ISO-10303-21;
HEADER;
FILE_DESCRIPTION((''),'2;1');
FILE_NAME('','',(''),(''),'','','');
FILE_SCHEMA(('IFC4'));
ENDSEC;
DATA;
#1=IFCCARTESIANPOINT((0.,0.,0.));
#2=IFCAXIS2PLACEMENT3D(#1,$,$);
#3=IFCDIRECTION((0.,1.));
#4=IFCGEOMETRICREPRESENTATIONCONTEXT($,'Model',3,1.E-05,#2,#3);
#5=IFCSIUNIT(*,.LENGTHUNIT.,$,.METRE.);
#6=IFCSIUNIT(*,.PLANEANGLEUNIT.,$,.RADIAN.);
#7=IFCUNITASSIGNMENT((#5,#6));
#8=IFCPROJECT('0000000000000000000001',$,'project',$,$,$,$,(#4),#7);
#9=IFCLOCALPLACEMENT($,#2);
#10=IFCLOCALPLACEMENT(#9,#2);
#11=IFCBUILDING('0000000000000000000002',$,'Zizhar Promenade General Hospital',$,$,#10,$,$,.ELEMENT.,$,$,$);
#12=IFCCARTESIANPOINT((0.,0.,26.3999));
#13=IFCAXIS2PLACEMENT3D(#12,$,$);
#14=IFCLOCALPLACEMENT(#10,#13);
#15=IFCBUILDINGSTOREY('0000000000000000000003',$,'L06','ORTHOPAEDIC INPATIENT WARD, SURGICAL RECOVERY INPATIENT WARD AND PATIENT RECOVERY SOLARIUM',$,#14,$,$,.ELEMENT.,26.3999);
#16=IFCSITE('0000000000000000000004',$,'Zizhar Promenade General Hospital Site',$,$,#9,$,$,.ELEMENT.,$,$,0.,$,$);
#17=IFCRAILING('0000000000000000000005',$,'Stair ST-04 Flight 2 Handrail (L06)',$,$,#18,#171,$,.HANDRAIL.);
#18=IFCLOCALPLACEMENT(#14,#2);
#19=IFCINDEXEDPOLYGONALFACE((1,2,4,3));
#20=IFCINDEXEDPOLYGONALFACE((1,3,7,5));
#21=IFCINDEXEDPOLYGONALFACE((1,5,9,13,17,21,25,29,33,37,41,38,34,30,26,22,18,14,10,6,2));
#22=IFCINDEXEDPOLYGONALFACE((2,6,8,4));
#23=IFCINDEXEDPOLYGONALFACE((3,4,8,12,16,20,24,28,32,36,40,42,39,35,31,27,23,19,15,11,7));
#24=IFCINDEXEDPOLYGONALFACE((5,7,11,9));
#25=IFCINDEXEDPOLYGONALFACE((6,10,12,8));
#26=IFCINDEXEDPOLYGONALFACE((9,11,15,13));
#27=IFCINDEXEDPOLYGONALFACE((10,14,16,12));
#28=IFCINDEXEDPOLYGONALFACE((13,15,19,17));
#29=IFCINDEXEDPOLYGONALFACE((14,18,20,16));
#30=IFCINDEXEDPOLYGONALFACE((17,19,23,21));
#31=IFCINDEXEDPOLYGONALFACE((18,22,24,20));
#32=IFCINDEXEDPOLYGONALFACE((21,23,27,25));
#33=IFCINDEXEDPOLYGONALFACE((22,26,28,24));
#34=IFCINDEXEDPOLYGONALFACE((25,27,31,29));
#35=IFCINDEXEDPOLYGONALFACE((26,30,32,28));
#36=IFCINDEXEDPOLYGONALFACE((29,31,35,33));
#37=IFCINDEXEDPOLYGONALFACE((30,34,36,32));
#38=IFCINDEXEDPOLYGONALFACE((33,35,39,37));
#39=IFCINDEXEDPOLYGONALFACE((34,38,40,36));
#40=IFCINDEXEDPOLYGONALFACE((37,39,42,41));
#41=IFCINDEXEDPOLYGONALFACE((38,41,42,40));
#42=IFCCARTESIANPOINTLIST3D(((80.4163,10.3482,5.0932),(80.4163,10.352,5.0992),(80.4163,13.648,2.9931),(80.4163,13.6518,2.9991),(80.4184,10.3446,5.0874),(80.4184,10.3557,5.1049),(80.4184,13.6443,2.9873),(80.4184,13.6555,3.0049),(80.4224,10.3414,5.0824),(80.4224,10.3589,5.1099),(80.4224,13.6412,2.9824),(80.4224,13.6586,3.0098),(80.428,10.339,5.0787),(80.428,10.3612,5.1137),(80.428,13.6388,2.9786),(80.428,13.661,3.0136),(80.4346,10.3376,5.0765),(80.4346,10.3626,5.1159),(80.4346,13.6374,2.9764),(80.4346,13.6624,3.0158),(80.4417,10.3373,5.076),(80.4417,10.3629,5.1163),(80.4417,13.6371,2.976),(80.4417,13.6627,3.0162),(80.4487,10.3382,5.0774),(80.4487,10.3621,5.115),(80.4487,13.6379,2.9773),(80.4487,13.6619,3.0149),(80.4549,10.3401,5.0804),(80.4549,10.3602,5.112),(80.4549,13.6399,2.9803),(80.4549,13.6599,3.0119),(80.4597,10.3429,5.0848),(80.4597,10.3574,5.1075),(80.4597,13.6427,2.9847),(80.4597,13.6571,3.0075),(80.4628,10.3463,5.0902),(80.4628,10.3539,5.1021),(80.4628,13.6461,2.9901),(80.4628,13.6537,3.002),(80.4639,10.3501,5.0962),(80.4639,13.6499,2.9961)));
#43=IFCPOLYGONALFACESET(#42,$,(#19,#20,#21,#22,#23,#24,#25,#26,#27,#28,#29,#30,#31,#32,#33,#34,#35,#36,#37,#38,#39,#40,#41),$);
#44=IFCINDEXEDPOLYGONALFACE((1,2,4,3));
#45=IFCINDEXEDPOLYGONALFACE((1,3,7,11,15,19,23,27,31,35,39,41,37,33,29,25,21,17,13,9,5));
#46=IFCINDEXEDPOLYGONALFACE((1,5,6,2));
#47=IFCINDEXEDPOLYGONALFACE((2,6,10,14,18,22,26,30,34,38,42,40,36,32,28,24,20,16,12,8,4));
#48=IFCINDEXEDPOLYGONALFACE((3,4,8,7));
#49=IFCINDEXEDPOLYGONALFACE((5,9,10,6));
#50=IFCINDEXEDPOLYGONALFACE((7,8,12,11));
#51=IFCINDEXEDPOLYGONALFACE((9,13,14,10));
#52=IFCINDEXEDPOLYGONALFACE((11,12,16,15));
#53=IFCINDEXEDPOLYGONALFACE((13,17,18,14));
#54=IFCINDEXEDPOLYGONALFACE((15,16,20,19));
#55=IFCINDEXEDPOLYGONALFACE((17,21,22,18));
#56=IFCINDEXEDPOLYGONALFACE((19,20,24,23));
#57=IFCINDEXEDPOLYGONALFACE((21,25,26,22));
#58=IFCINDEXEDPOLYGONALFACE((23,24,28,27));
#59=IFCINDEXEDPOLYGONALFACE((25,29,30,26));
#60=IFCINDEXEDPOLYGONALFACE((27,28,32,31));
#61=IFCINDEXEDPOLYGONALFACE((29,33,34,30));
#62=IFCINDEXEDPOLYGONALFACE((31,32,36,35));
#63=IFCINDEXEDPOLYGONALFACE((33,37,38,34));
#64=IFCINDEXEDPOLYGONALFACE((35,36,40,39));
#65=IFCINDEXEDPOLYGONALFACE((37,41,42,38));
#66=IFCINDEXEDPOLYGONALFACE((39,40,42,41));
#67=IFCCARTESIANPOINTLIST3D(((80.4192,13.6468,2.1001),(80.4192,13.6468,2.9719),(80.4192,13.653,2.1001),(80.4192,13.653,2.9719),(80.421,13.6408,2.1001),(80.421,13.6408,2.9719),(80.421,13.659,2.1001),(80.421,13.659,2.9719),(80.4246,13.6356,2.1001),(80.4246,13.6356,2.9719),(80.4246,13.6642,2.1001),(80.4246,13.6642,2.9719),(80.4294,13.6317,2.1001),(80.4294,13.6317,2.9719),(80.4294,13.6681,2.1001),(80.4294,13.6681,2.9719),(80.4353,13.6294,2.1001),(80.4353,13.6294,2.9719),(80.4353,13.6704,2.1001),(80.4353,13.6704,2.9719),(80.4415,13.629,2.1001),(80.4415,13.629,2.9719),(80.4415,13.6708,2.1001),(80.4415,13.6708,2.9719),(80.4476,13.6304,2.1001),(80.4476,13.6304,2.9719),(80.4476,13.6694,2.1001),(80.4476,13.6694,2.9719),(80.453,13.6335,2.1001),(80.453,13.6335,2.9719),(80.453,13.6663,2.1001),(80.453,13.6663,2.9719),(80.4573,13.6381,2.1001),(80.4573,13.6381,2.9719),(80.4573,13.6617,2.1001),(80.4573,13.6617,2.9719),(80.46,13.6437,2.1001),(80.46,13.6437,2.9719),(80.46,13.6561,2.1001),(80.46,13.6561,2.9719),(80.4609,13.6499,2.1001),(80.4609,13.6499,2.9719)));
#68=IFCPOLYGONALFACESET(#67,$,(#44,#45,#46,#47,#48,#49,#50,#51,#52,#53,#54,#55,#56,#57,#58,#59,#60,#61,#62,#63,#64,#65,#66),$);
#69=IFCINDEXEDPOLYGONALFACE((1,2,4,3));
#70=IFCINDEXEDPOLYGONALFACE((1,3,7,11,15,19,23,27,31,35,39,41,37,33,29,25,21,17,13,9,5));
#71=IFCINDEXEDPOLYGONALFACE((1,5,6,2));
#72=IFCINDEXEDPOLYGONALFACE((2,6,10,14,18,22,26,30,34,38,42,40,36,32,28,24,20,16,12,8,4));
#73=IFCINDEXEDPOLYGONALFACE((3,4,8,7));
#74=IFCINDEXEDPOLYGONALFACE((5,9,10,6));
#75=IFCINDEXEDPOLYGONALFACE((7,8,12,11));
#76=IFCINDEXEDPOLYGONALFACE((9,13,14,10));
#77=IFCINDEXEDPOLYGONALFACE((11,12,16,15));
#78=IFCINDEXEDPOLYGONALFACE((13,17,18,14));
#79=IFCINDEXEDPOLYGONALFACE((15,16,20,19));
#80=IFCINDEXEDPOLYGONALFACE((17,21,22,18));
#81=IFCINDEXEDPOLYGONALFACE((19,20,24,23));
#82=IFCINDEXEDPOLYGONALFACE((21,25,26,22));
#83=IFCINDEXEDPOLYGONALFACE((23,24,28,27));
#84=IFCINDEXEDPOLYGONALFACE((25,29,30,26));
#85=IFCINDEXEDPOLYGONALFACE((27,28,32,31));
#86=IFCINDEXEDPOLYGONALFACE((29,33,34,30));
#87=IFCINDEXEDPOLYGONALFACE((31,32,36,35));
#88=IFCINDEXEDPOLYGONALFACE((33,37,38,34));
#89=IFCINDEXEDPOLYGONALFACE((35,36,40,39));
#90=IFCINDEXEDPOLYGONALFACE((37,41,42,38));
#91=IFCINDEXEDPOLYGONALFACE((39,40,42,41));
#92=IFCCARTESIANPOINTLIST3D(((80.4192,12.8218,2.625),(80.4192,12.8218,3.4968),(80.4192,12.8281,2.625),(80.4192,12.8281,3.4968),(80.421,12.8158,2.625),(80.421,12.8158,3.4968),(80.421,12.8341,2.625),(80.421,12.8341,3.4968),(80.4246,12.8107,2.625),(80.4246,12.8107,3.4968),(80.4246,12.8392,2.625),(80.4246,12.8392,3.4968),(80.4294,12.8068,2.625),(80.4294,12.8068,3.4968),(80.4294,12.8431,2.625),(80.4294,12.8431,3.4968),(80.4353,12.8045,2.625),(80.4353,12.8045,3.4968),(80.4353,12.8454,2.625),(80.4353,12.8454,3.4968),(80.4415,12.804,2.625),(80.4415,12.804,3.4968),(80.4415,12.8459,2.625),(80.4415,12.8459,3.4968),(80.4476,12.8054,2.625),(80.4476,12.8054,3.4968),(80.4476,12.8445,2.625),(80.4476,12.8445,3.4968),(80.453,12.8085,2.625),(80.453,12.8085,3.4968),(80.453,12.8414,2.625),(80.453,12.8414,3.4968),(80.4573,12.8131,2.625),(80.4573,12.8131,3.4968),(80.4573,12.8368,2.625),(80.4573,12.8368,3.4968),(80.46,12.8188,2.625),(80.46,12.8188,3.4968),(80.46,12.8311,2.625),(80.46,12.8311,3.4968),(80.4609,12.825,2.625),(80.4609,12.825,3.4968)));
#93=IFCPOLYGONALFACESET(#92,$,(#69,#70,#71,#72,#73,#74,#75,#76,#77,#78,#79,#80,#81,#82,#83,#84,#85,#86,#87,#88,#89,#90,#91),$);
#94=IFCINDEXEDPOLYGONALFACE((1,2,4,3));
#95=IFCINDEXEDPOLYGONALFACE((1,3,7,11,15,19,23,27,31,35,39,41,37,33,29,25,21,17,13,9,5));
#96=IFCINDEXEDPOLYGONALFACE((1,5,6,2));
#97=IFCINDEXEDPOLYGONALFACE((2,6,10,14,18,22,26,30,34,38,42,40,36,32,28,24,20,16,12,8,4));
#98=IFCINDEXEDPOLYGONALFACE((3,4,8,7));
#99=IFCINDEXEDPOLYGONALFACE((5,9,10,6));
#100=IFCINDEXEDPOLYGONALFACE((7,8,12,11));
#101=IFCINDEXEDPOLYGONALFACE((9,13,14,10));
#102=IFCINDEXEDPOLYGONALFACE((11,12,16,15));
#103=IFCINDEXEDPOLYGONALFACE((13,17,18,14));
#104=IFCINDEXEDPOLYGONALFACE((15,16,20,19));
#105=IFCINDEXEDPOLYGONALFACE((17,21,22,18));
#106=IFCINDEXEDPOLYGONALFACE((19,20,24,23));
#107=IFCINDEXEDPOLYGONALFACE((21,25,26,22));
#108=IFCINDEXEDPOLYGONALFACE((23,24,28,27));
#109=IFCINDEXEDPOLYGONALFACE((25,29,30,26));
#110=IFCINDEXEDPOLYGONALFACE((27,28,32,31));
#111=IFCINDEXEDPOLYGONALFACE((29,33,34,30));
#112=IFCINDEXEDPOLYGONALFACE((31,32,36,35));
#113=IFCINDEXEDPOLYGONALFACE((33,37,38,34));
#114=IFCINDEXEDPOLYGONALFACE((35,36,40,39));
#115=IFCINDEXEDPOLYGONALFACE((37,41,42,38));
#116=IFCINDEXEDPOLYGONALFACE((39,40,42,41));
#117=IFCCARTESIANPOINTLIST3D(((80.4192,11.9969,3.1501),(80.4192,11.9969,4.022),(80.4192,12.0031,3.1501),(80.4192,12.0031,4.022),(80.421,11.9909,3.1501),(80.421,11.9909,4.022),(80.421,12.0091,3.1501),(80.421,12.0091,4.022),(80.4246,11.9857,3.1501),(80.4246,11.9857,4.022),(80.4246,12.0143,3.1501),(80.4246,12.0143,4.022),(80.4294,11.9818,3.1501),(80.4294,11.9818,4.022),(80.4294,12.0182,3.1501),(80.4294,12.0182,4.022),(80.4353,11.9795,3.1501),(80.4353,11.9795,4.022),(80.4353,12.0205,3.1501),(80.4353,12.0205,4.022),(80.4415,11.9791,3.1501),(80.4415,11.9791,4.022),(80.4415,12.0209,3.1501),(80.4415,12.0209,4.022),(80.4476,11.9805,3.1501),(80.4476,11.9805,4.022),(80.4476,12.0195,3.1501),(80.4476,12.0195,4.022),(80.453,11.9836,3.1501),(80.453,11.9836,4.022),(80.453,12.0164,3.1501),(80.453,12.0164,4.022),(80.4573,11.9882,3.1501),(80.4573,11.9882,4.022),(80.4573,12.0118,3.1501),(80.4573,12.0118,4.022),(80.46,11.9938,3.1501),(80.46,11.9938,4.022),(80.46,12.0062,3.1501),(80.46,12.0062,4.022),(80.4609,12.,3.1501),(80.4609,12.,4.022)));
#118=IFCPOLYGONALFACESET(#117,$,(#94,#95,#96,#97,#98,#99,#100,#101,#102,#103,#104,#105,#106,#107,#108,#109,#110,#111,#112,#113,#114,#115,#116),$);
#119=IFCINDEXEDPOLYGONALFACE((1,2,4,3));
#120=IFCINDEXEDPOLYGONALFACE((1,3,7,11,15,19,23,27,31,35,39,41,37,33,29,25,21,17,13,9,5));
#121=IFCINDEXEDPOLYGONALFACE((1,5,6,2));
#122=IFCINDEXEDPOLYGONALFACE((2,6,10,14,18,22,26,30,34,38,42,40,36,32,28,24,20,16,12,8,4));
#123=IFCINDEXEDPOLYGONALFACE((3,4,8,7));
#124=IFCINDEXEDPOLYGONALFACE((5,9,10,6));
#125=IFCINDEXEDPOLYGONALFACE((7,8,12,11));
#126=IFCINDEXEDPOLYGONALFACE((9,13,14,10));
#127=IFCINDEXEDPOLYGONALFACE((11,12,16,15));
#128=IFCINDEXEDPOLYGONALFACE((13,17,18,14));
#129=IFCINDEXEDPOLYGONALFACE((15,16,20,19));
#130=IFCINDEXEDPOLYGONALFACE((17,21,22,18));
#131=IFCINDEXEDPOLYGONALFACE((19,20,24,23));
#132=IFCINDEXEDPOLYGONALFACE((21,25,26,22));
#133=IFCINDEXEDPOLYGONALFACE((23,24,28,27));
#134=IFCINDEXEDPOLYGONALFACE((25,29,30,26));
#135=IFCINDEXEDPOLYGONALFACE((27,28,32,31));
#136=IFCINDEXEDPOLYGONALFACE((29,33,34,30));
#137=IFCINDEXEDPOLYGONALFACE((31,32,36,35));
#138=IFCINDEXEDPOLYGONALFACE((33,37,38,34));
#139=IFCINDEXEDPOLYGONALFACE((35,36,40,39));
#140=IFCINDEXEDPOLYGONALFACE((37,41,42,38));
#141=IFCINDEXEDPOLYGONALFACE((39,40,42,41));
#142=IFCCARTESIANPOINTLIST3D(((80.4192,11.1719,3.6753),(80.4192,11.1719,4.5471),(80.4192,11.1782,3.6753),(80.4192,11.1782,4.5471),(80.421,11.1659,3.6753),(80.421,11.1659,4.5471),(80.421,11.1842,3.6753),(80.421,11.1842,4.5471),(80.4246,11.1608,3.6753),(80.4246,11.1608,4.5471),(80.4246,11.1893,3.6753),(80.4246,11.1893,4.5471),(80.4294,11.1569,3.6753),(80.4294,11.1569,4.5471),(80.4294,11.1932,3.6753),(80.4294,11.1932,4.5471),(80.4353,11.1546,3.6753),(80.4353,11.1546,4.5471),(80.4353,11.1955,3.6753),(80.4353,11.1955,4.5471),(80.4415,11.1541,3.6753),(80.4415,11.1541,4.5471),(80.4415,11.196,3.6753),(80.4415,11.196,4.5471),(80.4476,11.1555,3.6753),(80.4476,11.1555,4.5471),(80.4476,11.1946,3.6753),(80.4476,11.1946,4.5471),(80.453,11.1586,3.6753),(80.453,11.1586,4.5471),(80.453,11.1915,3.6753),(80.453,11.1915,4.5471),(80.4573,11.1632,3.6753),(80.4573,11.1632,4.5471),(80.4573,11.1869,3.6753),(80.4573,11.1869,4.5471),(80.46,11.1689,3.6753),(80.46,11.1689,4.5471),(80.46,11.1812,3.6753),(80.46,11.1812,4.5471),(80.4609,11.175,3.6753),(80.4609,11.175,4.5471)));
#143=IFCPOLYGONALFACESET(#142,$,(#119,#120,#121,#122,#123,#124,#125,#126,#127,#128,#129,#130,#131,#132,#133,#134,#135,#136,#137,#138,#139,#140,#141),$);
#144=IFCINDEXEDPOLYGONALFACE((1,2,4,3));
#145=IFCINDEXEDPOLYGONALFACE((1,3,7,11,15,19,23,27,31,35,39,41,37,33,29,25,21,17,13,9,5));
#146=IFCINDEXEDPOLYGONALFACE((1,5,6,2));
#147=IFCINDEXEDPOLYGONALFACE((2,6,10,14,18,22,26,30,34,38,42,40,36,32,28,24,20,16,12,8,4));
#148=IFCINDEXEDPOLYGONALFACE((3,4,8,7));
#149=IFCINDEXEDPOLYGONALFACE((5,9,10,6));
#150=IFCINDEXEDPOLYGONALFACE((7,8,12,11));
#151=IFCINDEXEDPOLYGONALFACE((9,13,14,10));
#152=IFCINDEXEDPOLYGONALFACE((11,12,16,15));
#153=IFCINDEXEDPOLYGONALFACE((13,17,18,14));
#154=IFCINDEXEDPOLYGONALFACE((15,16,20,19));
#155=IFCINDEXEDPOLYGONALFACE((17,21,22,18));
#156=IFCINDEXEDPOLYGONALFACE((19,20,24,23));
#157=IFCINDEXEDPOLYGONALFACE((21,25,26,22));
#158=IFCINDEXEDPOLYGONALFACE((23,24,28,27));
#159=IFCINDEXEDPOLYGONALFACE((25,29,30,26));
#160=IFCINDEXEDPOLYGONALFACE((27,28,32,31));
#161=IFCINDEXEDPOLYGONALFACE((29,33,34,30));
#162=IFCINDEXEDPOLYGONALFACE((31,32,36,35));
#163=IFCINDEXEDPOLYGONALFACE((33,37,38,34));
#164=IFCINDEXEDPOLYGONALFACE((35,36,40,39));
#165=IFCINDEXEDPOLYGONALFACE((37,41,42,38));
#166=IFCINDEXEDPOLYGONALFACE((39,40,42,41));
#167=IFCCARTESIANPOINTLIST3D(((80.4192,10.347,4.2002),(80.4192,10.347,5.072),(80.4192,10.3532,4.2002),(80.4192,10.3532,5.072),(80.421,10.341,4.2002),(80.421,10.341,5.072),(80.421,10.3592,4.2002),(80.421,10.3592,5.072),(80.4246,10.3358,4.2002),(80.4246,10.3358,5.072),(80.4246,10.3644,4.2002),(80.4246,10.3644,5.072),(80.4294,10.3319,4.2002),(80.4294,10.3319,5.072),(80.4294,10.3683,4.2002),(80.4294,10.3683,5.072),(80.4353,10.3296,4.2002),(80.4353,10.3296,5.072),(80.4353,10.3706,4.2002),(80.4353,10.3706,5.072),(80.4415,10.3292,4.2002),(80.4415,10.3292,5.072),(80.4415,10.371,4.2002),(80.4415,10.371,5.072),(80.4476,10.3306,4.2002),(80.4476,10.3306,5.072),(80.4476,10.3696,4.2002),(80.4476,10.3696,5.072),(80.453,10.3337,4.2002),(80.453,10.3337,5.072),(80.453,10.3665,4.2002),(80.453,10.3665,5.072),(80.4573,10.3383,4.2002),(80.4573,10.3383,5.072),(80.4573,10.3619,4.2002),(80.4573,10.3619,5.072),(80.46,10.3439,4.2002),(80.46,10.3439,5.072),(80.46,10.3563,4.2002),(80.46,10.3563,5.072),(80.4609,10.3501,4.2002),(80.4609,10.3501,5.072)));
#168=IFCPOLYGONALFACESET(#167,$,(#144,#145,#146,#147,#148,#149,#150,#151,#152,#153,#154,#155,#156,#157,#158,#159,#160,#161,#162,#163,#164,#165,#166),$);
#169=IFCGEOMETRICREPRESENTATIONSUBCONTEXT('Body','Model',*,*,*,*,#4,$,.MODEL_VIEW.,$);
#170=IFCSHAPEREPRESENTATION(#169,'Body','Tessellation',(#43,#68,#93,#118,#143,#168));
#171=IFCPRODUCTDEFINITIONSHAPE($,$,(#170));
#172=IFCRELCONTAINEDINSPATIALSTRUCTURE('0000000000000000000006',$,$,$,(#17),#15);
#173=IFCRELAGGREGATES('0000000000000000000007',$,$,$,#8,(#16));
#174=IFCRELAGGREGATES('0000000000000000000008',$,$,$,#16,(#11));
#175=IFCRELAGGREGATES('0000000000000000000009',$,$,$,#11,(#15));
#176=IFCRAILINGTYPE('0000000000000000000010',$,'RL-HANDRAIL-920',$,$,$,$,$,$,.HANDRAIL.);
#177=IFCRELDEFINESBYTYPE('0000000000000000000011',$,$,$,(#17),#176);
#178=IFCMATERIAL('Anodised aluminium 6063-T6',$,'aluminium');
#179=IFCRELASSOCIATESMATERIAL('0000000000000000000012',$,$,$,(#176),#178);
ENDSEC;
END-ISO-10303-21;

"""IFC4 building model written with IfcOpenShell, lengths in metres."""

from ifc_helpers import new_model, si_unit, direction, frame, origin, origin_2d, place, context, subcontext, project, spatial, circle, hollow_circle, extrude, material, material_profile, profile_set, type_object, element, save


model = new_model("IFC4")

# Units and contexts
model_context = context("Model", 3, precision=1e-05, world=origin(), true_north=direction((0.0, 1.0)))
body_context = subcontext(model_context, "Body", "Model", "MODEL_VIEW")
ifc_project = project(units=[si_unit("LENGTHUNIT", "METRE"), si_unit("PLANEANGLEUNIT", "RADIAN")], contexts=[model_context])

# Site, building, storey
site_placement = place(None, origin())
site = spatial("IfcSite", under=ifc_project, at=site_placement, Name="Zizhar Promenade General Hospital Site", CompositionType="ELEMENT", RefElevation=0.0)
building_placement = place(site_placement, origin())
building = spatial("IfcBuilding", under=site, at=building_placement, Name="Zizhar Promenade General Hospital", CompositionType="ELEMENT")
storey_placement = place(building_placement, frame((0.0, 0.0, 26.3999)))
storey = spatial("IfcBuildingStorey", under=building, at=storey_placement, Name="L06", Description="ORTHOPAEDIC INPATIENT WARD, SURGICAL RECOVERY INPATIENT WARD AND PATIENT RECOVERY SOLARIUM", CompositionType="ELEMENT", Elevation=26.3999)

# Railing
ifc_material_1 = material(Name="Anodised aluminium 6063-T6", Category="aluminium")
ifc_material_profile_1 = material_profile(ifc_material_1, hollow_circle(Radius=0.0698, WallThickness=0.0063, at=origin_2d()))
ifc_profile_set_1 = profile_set([ifc_material_profile_1], Name="Anodised aluminium 6063-T6")
railing_type_1 = type_object("IfcRailingType", Name="RL-HANDRAIL-920", PredefinedType="HANDRAIL", material=ifc_profile_set_1)
railing_1_placement = place(storey_placement, frame((80.4399, 13.6499, 2.1001)))
element("IfcRailing", 1, at=railing_1_placement, inside=storey, type_object=railing_type_1, Name="Stair ST-04 Flight 2 Handrail (L06)", PredefinedType="HANDRAIL", context=body_context, shape_type="SweptSolid", body=[
    extrude(circle(Radius=0.0239, at=origin_2d()), frame((0.0, 0.0, 0.896), z_axis=(0.0, -0.843636, 0.536916), x_axis=(1.0, 0.0, 0.0)), (0.0, 0.0, 1.0), 3.9114),
    extrude(circle(Radius=0.021, at=origin_2d()), origin(), (0.0, 0.0, 1.0), 0.8718),
    extrude(circle(Radius=0.021, at=origin_2d()), frame((0.0, -0.825, 0.5249)), (0.0, 0.0, 1.0), 0.8718),
    extrude(circle(Radius=0.021, at=origin_2d()), frame((0.0, -1.6499, 1.05)), (0.0, 0.0, 1.0), 0.8718),
    extrude(circle(Radius=0.021, at=origin_2d()), frame((0.0, -2.4749, 1.5752)), (0.0, 0.0, 1.0), 0.8718),
    extrude(circle(Radius=0.021, at=origin_2d()), frame((0.0, -3.2998, 2.1001)), (0.0, 0.0, 1.0), 0.8718),
])

save(model, "model.ifc")
